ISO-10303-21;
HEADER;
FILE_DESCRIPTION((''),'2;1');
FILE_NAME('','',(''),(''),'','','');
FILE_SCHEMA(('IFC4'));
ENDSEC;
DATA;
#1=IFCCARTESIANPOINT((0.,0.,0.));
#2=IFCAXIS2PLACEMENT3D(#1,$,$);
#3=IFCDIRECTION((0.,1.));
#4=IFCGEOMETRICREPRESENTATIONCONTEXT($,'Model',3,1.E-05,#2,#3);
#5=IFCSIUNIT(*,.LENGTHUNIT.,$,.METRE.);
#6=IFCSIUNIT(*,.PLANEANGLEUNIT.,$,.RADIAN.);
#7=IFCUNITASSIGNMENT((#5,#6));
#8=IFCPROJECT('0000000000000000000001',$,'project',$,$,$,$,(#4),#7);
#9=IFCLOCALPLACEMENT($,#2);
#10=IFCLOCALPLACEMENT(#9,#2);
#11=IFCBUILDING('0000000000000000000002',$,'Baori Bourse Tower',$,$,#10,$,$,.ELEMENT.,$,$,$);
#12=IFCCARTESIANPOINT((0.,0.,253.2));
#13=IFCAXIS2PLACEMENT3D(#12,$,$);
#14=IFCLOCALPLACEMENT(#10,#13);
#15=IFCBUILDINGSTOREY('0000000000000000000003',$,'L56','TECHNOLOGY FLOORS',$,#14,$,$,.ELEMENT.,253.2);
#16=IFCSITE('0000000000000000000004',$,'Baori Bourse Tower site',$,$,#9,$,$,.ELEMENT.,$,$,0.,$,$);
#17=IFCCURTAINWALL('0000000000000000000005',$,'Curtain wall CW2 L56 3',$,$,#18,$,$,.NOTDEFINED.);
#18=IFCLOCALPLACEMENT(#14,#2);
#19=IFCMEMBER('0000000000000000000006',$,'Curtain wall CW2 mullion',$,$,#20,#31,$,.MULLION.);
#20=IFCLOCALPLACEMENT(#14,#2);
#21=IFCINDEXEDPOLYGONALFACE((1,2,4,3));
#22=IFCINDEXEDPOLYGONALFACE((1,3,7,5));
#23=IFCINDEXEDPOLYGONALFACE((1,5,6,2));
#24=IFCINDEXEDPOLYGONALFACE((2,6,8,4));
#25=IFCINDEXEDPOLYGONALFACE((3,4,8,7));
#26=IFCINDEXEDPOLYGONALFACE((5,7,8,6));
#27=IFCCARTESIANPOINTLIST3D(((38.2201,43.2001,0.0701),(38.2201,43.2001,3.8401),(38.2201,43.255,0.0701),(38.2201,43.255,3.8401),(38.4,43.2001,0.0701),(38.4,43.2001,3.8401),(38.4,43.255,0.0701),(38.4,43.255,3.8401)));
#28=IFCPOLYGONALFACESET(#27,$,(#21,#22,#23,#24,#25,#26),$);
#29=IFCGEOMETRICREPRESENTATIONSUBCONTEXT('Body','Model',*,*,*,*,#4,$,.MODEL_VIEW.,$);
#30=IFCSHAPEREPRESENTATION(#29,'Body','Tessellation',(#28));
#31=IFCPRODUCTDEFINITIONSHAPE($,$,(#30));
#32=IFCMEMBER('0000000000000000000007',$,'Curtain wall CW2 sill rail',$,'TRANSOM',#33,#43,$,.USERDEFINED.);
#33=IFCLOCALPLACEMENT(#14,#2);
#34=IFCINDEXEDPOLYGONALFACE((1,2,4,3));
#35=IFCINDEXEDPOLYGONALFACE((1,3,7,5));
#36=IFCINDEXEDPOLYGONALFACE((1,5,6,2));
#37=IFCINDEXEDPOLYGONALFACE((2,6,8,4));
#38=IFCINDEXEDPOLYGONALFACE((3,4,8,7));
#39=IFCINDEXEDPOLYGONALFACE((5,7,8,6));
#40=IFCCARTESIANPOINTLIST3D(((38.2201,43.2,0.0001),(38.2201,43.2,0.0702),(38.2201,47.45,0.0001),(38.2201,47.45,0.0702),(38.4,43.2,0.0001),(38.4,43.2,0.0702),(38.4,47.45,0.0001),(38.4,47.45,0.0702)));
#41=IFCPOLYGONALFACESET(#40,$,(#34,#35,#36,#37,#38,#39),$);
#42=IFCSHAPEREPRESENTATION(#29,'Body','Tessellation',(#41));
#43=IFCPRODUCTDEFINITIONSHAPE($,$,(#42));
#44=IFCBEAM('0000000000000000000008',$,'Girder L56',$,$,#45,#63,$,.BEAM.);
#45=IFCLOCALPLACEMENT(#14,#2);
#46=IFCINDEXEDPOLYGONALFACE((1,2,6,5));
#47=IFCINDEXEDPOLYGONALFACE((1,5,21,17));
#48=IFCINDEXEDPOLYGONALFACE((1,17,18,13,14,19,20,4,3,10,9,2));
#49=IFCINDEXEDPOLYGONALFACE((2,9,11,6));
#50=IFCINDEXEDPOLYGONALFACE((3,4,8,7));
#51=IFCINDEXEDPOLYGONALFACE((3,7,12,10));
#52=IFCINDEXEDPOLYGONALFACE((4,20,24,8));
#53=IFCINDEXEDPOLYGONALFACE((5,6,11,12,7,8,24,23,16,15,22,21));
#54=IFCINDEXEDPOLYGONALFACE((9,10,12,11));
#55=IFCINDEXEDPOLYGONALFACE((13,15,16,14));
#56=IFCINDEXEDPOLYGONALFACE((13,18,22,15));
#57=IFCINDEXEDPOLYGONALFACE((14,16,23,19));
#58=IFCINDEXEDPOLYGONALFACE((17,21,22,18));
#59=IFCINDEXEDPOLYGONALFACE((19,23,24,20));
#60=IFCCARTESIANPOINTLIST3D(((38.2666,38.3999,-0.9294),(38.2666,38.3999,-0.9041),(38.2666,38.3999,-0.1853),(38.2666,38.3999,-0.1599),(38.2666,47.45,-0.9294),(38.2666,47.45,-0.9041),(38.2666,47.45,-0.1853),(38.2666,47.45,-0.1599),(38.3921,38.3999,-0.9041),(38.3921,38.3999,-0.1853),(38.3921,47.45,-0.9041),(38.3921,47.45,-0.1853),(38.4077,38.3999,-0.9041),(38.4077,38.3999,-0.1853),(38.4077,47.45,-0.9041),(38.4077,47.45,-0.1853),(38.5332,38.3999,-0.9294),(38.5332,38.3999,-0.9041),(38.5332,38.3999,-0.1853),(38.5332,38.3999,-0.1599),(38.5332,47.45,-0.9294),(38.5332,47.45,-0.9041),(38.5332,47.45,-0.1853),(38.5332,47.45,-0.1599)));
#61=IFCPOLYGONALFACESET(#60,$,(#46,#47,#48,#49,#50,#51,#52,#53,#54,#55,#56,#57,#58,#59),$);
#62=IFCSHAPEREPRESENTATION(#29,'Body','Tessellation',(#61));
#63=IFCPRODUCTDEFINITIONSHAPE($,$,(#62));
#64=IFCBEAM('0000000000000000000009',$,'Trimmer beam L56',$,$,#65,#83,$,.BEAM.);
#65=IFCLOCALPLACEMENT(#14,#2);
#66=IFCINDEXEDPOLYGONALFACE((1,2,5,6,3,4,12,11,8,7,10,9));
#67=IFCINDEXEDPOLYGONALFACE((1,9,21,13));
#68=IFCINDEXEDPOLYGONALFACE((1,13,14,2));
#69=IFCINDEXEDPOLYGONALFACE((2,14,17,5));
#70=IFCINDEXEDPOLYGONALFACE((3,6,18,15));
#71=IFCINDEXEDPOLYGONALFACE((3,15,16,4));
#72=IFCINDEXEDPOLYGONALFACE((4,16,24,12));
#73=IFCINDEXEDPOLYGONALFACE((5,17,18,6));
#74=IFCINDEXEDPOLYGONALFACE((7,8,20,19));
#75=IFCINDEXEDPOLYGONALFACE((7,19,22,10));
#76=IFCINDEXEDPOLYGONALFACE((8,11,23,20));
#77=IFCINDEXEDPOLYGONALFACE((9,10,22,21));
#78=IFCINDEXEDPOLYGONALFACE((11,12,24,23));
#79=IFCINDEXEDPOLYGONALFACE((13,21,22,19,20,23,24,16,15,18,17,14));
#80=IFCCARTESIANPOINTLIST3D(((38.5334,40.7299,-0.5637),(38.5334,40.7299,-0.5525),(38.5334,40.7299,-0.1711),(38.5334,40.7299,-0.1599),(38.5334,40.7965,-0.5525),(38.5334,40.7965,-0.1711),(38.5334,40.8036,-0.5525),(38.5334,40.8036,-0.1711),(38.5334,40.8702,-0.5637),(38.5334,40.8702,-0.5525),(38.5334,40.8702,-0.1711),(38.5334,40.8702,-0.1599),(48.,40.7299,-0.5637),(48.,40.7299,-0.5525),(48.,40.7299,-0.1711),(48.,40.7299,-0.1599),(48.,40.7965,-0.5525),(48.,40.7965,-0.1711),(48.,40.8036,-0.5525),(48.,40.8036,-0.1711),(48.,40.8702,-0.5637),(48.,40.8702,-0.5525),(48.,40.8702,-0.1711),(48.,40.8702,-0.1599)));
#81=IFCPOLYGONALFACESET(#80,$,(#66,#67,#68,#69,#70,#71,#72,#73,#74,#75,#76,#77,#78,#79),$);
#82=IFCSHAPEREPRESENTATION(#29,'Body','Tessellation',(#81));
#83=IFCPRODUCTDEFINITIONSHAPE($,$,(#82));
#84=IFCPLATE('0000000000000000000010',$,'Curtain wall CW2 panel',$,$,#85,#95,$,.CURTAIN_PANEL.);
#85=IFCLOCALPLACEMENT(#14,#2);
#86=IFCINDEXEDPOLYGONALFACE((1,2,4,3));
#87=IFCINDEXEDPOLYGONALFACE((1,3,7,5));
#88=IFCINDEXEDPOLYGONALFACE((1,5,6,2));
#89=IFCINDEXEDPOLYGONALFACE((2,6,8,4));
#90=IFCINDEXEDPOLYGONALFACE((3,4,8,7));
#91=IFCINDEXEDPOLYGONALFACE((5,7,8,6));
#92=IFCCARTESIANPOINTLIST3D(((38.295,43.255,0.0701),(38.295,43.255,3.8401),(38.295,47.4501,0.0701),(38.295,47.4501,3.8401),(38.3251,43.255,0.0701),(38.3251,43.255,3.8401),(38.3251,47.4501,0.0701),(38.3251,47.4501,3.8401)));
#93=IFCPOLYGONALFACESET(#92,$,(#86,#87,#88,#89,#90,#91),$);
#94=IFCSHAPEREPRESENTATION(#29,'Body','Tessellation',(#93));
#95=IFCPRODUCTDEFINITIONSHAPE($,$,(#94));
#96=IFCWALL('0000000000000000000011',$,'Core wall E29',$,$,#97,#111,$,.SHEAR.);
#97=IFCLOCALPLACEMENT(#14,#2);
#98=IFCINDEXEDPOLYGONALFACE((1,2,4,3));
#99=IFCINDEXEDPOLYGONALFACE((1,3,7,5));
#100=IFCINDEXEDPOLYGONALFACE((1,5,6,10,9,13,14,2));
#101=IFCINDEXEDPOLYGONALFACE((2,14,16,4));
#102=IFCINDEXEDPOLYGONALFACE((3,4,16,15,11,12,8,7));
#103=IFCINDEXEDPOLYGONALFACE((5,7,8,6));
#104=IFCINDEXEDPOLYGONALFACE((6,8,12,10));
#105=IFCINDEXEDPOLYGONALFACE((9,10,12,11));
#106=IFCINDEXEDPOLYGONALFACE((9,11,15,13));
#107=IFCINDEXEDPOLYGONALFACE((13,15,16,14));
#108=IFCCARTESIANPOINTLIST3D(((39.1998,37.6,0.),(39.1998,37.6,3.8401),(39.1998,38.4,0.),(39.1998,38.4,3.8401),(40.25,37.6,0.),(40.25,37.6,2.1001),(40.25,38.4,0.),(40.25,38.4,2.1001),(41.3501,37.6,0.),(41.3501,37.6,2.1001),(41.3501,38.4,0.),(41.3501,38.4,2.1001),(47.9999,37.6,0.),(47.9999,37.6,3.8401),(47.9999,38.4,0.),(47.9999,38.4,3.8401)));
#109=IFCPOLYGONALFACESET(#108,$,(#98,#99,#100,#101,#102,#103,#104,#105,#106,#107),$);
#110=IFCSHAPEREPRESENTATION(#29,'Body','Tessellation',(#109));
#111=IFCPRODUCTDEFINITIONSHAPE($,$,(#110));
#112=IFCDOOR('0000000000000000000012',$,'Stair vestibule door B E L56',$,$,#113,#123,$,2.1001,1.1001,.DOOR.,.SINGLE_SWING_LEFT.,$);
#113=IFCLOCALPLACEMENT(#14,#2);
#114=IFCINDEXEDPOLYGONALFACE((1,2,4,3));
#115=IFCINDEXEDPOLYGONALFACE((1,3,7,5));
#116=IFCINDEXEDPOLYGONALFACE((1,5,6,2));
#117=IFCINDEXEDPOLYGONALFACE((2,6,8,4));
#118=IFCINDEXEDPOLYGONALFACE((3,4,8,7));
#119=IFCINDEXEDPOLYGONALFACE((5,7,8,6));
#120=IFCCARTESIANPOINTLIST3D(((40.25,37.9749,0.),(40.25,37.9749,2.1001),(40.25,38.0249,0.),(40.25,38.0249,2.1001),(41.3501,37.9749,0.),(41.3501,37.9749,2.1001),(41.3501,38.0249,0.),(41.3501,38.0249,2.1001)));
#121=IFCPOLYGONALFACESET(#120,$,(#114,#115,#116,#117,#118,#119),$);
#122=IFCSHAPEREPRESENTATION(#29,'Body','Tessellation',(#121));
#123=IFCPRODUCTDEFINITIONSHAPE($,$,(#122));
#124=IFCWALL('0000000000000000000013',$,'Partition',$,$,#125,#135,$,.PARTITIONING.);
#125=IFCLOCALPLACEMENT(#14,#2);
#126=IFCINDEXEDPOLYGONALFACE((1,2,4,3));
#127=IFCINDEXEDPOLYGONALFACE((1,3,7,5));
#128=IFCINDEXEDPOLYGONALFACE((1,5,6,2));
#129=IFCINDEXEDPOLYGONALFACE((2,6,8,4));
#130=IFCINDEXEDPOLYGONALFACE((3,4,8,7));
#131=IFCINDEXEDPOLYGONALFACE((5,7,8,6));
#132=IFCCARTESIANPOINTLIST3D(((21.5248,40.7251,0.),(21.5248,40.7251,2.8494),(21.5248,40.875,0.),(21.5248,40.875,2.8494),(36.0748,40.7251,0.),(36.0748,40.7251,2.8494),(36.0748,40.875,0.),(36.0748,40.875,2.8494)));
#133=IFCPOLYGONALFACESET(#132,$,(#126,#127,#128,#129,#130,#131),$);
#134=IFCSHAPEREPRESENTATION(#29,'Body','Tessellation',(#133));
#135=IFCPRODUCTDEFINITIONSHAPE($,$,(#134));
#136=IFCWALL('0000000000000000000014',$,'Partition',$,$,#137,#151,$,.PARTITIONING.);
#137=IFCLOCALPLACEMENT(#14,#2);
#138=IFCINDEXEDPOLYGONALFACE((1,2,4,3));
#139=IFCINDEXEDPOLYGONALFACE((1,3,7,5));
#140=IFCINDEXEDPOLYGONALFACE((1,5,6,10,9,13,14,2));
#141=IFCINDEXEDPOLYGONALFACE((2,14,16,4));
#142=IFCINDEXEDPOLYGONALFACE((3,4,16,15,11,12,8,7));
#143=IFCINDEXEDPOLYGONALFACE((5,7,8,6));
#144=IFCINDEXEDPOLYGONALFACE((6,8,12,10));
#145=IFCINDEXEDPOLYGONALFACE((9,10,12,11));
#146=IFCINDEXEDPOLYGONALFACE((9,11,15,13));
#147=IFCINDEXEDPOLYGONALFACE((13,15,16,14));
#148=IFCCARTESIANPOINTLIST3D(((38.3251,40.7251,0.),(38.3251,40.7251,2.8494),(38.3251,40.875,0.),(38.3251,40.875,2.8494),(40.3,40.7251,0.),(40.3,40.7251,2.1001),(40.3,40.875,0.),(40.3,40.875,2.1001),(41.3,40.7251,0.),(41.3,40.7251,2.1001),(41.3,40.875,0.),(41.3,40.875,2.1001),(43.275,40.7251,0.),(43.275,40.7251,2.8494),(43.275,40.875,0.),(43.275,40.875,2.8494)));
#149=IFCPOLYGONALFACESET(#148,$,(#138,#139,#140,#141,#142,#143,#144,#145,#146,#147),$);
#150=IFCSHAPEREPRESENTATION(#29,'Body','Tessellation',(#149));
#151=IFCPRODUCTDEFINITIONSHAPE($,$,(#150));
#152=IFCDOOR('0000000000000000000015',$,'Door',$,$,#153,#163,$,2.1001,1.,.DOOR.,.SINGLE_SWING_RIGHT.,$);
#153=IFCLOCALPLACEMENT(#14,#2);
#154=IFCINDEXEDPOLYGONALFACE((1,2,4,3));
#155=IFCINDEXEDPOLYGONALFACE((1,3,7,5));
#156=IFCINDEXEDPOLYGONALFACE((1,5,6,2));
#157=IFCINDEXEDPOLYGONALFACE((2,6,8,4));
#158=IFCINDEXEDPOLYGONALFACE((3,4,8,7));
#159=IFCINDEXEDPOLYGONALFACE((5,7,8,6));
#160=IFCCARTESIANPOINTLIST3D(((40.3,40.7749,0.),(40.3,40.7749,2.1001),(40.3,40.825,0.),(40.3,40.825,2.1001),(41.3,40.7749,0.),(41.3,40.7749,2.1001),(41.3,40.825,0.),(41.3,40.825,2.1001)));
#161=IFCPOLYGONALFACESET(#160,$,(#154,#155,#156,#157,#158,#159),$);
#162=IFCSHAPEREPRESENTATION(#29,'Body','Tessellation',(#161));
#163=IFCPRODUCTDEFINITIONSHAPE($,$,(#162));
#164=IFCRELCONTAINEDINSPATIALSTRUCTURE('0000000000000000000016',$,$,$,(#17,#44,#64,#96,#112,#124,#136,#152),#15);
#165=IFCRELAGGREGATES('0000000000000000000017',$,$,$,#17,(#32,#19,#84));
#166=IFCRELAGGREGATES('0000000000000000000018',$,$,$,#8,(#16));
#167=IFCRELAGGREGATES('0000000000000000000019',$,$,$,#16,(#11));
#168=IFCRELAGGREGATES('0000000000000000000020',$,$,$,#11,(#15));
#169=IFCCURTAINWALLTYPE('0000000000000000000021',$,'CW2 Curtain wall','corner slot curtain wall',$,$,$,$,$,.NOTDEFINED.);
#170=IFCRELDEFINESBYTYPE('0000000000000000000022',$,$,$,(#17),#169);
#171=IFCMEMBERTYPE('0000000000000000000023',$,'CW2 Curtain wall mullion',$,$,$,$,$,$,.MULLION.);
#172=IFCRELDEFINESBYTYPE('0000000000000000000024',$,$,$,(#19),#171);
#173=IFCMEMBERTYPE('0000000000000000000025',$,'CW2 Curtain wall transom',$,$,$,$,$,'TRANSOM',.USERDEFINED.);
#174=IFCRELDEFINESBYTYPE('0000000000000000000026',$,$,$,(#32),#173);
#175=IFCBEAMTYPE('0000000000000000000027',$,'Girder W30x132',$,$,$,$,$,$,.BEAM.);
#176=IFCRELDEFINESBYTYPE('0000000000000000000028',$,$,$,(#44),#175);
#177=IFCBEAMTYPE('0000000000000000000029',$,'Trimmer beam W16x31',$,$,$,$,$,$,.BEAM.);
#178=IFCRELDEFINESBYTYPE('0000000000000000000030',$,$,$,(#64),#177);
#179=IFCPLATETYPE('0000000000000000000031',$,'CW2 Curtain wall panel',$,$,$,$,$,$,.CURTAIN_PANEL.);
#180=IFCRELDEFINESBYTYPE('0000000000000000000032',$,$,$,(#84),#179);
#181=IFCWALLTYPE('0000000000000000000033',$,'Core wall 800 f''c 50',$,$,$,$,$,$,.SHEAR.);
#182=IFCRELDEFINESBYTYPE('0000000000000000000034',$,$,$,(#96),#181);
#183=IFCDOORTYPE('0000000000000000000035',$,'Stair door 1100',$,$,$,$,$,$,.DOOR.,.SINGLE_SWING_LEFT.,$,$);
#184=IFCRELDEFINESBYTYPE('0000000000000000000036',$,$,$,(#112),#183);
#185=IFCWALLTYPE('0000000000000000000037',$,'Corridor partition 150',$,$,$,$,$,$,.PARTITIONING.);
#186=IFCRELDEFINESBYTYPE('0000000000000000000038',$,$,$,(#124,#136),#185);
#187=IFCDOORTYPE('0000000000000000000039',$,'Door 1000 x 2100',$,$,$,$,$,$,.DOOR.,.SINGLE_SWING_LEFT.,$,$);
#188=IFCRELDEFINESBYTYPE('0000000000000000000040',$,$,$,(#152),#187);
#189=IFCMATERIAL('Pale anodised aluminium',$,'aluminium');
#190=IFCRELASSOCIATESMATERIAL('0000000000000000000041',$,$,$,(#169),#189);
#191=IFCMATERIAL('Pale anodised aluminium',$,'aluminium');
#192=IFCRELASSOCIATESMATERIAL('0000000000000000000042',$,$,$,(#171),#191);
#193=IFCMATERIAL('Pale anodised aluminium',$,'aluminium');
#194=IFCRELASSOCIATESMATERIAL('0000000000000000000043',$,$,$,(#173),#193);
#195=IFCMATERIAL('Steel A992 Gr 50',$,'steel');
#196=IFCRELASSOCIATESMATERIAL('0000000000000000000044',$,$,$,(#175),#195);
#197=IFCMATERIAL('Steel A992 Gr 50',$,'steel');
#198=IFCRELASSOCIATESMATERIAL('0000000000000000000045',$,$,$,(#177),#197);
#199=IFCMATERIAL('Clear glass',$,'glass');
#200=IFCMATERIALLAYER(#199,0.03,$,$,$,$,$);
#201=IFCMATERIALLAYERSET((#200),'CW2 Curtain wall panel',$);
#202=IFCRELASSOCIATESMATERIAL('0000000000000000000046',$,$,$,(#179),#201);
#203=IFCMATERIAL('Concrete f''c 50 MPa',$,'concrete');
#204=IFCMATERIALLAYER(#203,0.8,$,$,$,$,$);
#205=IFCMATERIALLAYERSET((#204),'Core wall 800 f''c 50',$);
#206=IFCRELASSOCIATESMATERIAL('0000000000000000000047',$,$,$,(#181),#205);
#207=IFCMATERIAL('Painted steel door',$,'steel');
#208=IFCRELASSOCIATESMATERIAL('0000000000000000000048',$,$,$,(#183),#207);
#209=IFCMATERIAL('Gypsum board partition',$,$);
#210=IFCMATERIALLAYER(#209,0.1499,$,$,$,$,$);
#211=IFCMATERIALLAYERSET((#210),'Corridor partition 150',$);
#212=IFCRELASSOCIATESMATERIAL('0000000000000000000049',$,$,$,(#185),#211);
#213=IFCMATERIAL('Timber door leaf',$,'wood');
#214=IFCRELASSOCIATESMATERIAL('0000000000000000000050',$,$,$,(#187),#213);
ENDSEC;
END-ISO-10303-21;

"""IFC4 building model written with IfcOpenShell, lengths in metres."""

from ifc_helpers import new_model, si_unit, direction, frame, frame_2d, origin, origin_2d, place, context, subcontext, project, spatial, rectangle, i_section, extrude, material, layer, layer_set, material_profile, profile_set, type_object, element, fill, aggregate, save


model = new_model("IFC4")

# Units and contexts
model_context = context("Model", 3, precision=1e-05, world=origin(), true_north=direction((0.0, 1.0)))
body_context = subcontext(model_context, "Body", "Model", "MODEL_VIEW")
ifc_project = project(units=[si_unit("LENGTHUNIT", "METRE"), si_unit("PLANEANGLEUNIT", "RADIAN")], contexts=[model_context])

# Site, building, storey
site_placement = place(None, origin())
site = spatial("IfcSite", under=ifc_project, at=site_placement, Name="Baori Bourse Tower site", CompositionType="ELEMENT", RefElevation=0.0)
building_placement = place(site_placement, origin())
building = spatial("IfcBuilding", under=site, at=building_placement, Name="Baori Bourse Tower", CompositionType="ELEMENT")
storey_placement = place(building_placement, frame((0.0, 0.0, 253.2)))
storey = spatial("IfcBuildingStorey", under=building, at=storey_placement, Name="L56", Description="TECHNOLOGY FLOORS", CompositionType="ELEMENT", Elevation=253.2)

# Curtain wall, members
ifc_material_1 = material(Name="Pale anodised aluminium", Category="aluminium")
curtain_wall_type = type_object("IfcCurtainWallType", Name="CW2 Curtain wall", Description="corner slot curtain wall", PredefinedType="NOTDEFINED", material=ifc_material_1)
curtain_wall_placement = place(storey_placement, origin())
curtain_wall = element("IfcCurtainWall", 1, at=curtain_wall_placement, inside=storey, type_object=curtain_wall_type, Name="Curtain wall CW2 L56 3", PredefinedType="NOTDEFINED")
ifc_material_2 = material(Name="Pale anodised aluminium", Category="aluminium")
ifc_material_profile_1 = material_profile(ifc_material_2, rectangle(XDim=0.1799, YDim=0.0549, at=origin_2d()), Name="Mullion 55x180")
ifc_profile_set_1 = profile_set([ifc_material_profile_1], Name="Pale anodised aluminium")
member_type_1 = type_object("IfcMemberType", Name="CW2 Curtain wall mullion", PredefinedType="MULLION", material=ifc_profile_set_1)
member_1_placement = place(storey_placement, frame((38.3101, 43.2275, 0.0701), z_axis=(0.0, 0.0, 1.0), x_axis=(-1.0, 0.0, 0.0)))
member_1 = element("IfcMember", 2, at=member_1_placement, type_object=member_type_1, Name="Curtain wall CW2 mullion", PredefinedType="MULLION", context=body_context, shape_type="SweptSolid", body=[
    extrude(rectangle(XDim=0.1799, YDim=0.0549, at=origin_2d()), origin(), (0.0, 0.0, 1.0), 3.77),
])
ifc_material_3 = material(Name="Pale anodised aluminium", Category="aluminium")
ifc_material_profile_2 = material_profile(ifc_material_3, rectangle(XDim=0.1799, YDim=0.0701, at=origin_2d()), Name="Transom 70x180")
ifc_profile_set_2 = profile_set([ifc_material_profile_2], Name="Pale anodised aluminium")
member_type_2 = type_object("IfcMemberType", Name="CW2 Curtain wall transom", ElementType="TRANSOM", PredefinedType="USERDEFINED", material=ifc_profile_set_2)
member_2_placement = place(storey_placement, frame((38.3101, 43.2, 0.0352), z_axis=(0.0, 1.0, 0.0), x_axis=(-1.0, 0.0, 0.0)))
member_2 = element("IfcMember", 3, at=member_2_placement, type_object=member_type_2, Name="Curtain wall CW2 sill rail", ObjectType="TRANSOM", PredefinedType="USERDEFINED", context=body_context, shape_type="SweptSolid", body=[
    extrude(rectangle(XDim=0.1799, YDim=0.0701, at=origin_2d()), origin(), (0.0, 0.0, 1.0), 4.25),
])

# Beams
ifc_material_4 = material(Name="Steel A992 Gr 50", Category="steel")
ifc_material_profile_3 = material_profile(ifc_material_4, i_section(OverallWidth=0.2666, OverallDepth=0.7695, WebThickness=0.0156, FlangeThickness=0.0254, at=origin_2d()), Name="W30x132")
ifc_profile_set_3 = profile_set([ifc_material_profile_3], Name="Steel A992 Gr 50")
beam_type_1 = type_object("IfcBeamType", Name="Girder W30x132", PredefinedType="BEAM", material=ifc_profile_set_3)
beam_1_placement = place(storey_placement, frame((38.3999, 38.3999, -0.5447), z_axis=(0.0, 1.0, 0.0), x_axis=(-1.0, 0.0, 0.0)))
element("IfcBeam", 4, at=beam_1_placement, inside=storey, type_object=beam_type_1, Name="Girder L56", PredefinedType="BEAM", context=body_context, shape_type="SweptSolid", body=[
    extrude(i_section(OverallWidth=0.2666, OverallDepth=0.7695, WebThickness=0.0156, FlangeThickness=0.0254, at=origin_2d()), origin(), (0.0, 0.0, 1.0), 9.05),
])
ifc_material_5 = material(Name="Steel A992 Gr 50", Category="steel")
ifc_material_profile_4 = material_profile(ifc_material_5, i_section(OverallWidth=0.1404, OverallDepth=0.4038, WebThickness=0.0071, FlangeThickness=0.0112, at=origin_2d()), Name="W16x31")
ifc_profile_set_4 = profile_set([ifc_material_profile_4], Name="Steel A992 Gr 50")
beam_type_2 = type_object("IfcBeamType", Name="Trimmer beam W16x31", PredefinedType="BEAM", material=ifc_profile_set_4)
beam_2_placement = place(storey_placement, frame((38.5334, 40.8, -0.3618), z_axis=(1.0, 0.0, 0.0), x_axis=(0.0, 1.0, 0.0)))
element("IfcBeam", 5, at=beam_2_placement, inside=storey, type_object=beam_type_2, Name="Trimmer beam L56", PredefinedType="BEAM", context=body_context, shape_type="SweptSolid", body=[
    extrude(i_section(OverallWidth=0.1404, OverallDepth=0.4038, WebThickness=0.0071, FlangeThickness=0.0112, at=origin_2d()), origin(), (0.0, 0.0, 1.0), 9.4666),
])

# Plate
ifc_material_6 = material(Name="Clear glass", Category="glass")
ifc_layer_1 = layer(ifc_material_6, 0.03)
ifc_layer_set_1 = layer_set([ifc_layer_1], Name="CW2 Curtain wall panel")
plate_type = type_object("IfcPlateType", Name="CW2 Curtain wall panel", PredefinedType="CURTAIN_PANEL", material=ifc_layer_set_1)
plate_placement = place(storey_placement, frame((38.3101, 45.3525, 0.0701), z_axis=(0.0, 0.0, 1.0), x_axis=(0.0, 1.0, 0.0)))
plate = element("IfcPlate", 6, at=plate_placement, type_object=plate_type, Name="Curtain wall CW2 panel", PredefinedType="CURTAIN_PANEL", context=body_context, shape_type="SweptSolid", body=[
    extrude(rectangle(XDim=4.1951, YDim=0.03, at=origin_2d()), origin(), (0.0, 0.0, 1.0), 3.77),
])
aggregate(curtain_wall, [member_2, member_1, plate])

# Wall, opening, door
ifc_material_7 = material(Name="Concrete f'c 50 MPa", Category="concrete")
ifc_layer_2 = layer(ifc_material_7, 0.8)
ifc_layer_set_2 = layer_set([ifc_layer_2], Name="Core wall 800 f'c 50")
wall_type_1 = type_object("IfcWallType", Name="Core wall 800 f'c 50", PredefinedType="SHEAR", material=ifc_layer_set_2)
wall_1_placement = place(storey_placement, frame((39.2, 38.0, 0.0), z_axis=(0.0, 0.0, 1.0), x_axis=(1.0, 0.0, 0.0)))
wall_1 = element("IfcWall", 7, at=wall_1_placement, inside=storey, type_object=wall_type_1, Name="Core wall E29", PredefinedType="SHEAR", context=body_context, shape_type="SweptSolid", body=[
    extrude(rectangle(XDim=8.8, YDim=0.8, at=frame_2d((4.3999, 0.0))), origin(), (0.0, 0.0, 1.0), 3.8401),
])
opening_1_placement = place(wall_1_placement, frame((1.05, 0.0, 0.0)))
opening_1 = element("IfcOpeningElement", 8, at=opening_1_placement, cuts=wall_1, PredefinedType="OPENING", context=body_context, shape_type="SweptSolid", body=[
    extrude(rectangle(XDim=1.1001, YDim=2.1001, at=frame_2d((0.55, 1.05))), frame((0.0, 0.4099, 0.0), z_axis=(0.0, -1.0, 0.0), x_axis=(1.0, 0.0, 0.0)), (0.0, 0.0, 1.0), 0.8201),
])
ifc_material_8 = material(Name="Painted steel door", Category="steel")
door_type_1 = type_object("IfcDoorType", Name="Stair door 1100", OperationType="SINGLE_SWING_LEFT", PredefinedType="DOOR", material=ifc_material_8)
door_1_placement = place(opening_1_placement, origin())
door_1 = element("IfcDoor", 9, at=door_1_placement, inside=storey, type_object=door_type_1, Name="Stair vestibule door B E L56", OperationType="SINGLE_SWING_LEFT", OverallHeight=2.1001, OverallWidth=1.1001, PredefinedType="DOOR", context=body_context, shape_type="SweptSolid", body=[
    extrude(rectangle(XDim=1.1001, YDim=2.1001, at=frame_2d((0.55, 1.05))), frame((0.0, 0.0249, 0.0), z_axis=(0.0, -1.0, 0.0), x_axis=(1.0, 0.0, 0.0)), (0.0, 0.0, 1.0), 0.05),
])
fill(opening_1, door_1)

# Wall
ifc_material_9 = material(Name="Gypsum board partition")
ifc_layer_3 = layer(ifc_material_9, 0.1499)
ifc_layer_set_3 = layer_set([ifc_layer_3], Name="Corridor partition 150")
wall_type_2 = type_object("IfcWallType", Name="Corridor partition 150", PredefinedType="PARTITIONING", material=ifc_layer_set_3)
wall_2_placement = place(storey_placement, frame((21.5249, 40.8, 0.0), z_axis=(0.0, 0.0, 1.0), x_axis=(1.0, 0.0, 0.0)))
element("IfcWall", 10, at=wall_2_placement, inside=storey, type_object=wall_type_2, Name="Partition", PredefinedType="PARTITIONING", context=body_context, shape_type="SweptSolid", body=[
    extrude(rectangle(XDim=14.55, YDim=0.1499, at=frame_2d((7.2749, 0.0))), origin(), (0.0, 0.0, 1.0), 2.8494),
])

# Wall, opening, door
wall_3_placement = place(storey_placement, frame((38.325, 40.8, 0.0), z_axis=(0.0, 0.0, 1.0), x_axis=(1.0, 0.0, 0.0)))
wall_3 = element("IfcWall", 11, at=wall_3_placement, inside=storey, type_object=wall_type_2, Name="Partition", PredefinedType="PARTITIONING", context=body_context, shape_type="SweptSolid", body=[
    extrude(rectangle(XDim=4.95, YDim=0.1499, at=frame_2d((2.4751, 0.0))), origin(), (0.0, 0.0, 1.0), 2.8494),
])
opening_2_placement = place(wall_3_placement, frame((1.9751, 0.0, 0.0)))
opening_2 = element("IfcOpeningElement", 12, at=opening_2_placement, cuts=wall_3, PredefinedType="OPENING", context=body_context, shape_type="SweptSolid", body=[
    extrude(rectangle(XDim=1.0, YDim=2.1001, at=frame_2d((0.5, 1.05))), frame((0.0, 0.085, 0.0), z_axis=(0.0, -1.0, 0.0), x_axis=(1.0, 0.0, 0.0)), (0.0, 0.0, 1.0), 0.1699),
])
ifc_material_10 = material(Name="Timber door leaf", Category="wood")
door_type_2 = type_object("IfcDoorType", Name="Door 1000 x 2100", OperationType="SINGLE_SWING_LEFT", PredefinedType="DOOR", material=ifc_material_10)
door_2_placement = place(opening_2_placement, origin())
door_2 = element("IfcDoor", 13, at=door_2_placement, inside=storey, type_object=door_type_2, Name="Door", OperationType="SINGLE_SWING_RIGHT", OverallHeight=2.1001, OverallWidth=1.0, PredefinedType="DOOR", context=body_context, shape_type="SweptSolid", body=[
    extrude(rectangle(XDim=1.0, YDim=2.1001, at=frame_2d((0.5, 1.05))), frame((0.0, 0.0249, 0.0), z_axis=(0.0, -1.0, 0.0), x_axis=(1.0, 0.0, 0.0)), (0.0, 0.0, 1.0), 0.05),
])
fill(opening_2, door_2)

save(model, "model.ifc")
